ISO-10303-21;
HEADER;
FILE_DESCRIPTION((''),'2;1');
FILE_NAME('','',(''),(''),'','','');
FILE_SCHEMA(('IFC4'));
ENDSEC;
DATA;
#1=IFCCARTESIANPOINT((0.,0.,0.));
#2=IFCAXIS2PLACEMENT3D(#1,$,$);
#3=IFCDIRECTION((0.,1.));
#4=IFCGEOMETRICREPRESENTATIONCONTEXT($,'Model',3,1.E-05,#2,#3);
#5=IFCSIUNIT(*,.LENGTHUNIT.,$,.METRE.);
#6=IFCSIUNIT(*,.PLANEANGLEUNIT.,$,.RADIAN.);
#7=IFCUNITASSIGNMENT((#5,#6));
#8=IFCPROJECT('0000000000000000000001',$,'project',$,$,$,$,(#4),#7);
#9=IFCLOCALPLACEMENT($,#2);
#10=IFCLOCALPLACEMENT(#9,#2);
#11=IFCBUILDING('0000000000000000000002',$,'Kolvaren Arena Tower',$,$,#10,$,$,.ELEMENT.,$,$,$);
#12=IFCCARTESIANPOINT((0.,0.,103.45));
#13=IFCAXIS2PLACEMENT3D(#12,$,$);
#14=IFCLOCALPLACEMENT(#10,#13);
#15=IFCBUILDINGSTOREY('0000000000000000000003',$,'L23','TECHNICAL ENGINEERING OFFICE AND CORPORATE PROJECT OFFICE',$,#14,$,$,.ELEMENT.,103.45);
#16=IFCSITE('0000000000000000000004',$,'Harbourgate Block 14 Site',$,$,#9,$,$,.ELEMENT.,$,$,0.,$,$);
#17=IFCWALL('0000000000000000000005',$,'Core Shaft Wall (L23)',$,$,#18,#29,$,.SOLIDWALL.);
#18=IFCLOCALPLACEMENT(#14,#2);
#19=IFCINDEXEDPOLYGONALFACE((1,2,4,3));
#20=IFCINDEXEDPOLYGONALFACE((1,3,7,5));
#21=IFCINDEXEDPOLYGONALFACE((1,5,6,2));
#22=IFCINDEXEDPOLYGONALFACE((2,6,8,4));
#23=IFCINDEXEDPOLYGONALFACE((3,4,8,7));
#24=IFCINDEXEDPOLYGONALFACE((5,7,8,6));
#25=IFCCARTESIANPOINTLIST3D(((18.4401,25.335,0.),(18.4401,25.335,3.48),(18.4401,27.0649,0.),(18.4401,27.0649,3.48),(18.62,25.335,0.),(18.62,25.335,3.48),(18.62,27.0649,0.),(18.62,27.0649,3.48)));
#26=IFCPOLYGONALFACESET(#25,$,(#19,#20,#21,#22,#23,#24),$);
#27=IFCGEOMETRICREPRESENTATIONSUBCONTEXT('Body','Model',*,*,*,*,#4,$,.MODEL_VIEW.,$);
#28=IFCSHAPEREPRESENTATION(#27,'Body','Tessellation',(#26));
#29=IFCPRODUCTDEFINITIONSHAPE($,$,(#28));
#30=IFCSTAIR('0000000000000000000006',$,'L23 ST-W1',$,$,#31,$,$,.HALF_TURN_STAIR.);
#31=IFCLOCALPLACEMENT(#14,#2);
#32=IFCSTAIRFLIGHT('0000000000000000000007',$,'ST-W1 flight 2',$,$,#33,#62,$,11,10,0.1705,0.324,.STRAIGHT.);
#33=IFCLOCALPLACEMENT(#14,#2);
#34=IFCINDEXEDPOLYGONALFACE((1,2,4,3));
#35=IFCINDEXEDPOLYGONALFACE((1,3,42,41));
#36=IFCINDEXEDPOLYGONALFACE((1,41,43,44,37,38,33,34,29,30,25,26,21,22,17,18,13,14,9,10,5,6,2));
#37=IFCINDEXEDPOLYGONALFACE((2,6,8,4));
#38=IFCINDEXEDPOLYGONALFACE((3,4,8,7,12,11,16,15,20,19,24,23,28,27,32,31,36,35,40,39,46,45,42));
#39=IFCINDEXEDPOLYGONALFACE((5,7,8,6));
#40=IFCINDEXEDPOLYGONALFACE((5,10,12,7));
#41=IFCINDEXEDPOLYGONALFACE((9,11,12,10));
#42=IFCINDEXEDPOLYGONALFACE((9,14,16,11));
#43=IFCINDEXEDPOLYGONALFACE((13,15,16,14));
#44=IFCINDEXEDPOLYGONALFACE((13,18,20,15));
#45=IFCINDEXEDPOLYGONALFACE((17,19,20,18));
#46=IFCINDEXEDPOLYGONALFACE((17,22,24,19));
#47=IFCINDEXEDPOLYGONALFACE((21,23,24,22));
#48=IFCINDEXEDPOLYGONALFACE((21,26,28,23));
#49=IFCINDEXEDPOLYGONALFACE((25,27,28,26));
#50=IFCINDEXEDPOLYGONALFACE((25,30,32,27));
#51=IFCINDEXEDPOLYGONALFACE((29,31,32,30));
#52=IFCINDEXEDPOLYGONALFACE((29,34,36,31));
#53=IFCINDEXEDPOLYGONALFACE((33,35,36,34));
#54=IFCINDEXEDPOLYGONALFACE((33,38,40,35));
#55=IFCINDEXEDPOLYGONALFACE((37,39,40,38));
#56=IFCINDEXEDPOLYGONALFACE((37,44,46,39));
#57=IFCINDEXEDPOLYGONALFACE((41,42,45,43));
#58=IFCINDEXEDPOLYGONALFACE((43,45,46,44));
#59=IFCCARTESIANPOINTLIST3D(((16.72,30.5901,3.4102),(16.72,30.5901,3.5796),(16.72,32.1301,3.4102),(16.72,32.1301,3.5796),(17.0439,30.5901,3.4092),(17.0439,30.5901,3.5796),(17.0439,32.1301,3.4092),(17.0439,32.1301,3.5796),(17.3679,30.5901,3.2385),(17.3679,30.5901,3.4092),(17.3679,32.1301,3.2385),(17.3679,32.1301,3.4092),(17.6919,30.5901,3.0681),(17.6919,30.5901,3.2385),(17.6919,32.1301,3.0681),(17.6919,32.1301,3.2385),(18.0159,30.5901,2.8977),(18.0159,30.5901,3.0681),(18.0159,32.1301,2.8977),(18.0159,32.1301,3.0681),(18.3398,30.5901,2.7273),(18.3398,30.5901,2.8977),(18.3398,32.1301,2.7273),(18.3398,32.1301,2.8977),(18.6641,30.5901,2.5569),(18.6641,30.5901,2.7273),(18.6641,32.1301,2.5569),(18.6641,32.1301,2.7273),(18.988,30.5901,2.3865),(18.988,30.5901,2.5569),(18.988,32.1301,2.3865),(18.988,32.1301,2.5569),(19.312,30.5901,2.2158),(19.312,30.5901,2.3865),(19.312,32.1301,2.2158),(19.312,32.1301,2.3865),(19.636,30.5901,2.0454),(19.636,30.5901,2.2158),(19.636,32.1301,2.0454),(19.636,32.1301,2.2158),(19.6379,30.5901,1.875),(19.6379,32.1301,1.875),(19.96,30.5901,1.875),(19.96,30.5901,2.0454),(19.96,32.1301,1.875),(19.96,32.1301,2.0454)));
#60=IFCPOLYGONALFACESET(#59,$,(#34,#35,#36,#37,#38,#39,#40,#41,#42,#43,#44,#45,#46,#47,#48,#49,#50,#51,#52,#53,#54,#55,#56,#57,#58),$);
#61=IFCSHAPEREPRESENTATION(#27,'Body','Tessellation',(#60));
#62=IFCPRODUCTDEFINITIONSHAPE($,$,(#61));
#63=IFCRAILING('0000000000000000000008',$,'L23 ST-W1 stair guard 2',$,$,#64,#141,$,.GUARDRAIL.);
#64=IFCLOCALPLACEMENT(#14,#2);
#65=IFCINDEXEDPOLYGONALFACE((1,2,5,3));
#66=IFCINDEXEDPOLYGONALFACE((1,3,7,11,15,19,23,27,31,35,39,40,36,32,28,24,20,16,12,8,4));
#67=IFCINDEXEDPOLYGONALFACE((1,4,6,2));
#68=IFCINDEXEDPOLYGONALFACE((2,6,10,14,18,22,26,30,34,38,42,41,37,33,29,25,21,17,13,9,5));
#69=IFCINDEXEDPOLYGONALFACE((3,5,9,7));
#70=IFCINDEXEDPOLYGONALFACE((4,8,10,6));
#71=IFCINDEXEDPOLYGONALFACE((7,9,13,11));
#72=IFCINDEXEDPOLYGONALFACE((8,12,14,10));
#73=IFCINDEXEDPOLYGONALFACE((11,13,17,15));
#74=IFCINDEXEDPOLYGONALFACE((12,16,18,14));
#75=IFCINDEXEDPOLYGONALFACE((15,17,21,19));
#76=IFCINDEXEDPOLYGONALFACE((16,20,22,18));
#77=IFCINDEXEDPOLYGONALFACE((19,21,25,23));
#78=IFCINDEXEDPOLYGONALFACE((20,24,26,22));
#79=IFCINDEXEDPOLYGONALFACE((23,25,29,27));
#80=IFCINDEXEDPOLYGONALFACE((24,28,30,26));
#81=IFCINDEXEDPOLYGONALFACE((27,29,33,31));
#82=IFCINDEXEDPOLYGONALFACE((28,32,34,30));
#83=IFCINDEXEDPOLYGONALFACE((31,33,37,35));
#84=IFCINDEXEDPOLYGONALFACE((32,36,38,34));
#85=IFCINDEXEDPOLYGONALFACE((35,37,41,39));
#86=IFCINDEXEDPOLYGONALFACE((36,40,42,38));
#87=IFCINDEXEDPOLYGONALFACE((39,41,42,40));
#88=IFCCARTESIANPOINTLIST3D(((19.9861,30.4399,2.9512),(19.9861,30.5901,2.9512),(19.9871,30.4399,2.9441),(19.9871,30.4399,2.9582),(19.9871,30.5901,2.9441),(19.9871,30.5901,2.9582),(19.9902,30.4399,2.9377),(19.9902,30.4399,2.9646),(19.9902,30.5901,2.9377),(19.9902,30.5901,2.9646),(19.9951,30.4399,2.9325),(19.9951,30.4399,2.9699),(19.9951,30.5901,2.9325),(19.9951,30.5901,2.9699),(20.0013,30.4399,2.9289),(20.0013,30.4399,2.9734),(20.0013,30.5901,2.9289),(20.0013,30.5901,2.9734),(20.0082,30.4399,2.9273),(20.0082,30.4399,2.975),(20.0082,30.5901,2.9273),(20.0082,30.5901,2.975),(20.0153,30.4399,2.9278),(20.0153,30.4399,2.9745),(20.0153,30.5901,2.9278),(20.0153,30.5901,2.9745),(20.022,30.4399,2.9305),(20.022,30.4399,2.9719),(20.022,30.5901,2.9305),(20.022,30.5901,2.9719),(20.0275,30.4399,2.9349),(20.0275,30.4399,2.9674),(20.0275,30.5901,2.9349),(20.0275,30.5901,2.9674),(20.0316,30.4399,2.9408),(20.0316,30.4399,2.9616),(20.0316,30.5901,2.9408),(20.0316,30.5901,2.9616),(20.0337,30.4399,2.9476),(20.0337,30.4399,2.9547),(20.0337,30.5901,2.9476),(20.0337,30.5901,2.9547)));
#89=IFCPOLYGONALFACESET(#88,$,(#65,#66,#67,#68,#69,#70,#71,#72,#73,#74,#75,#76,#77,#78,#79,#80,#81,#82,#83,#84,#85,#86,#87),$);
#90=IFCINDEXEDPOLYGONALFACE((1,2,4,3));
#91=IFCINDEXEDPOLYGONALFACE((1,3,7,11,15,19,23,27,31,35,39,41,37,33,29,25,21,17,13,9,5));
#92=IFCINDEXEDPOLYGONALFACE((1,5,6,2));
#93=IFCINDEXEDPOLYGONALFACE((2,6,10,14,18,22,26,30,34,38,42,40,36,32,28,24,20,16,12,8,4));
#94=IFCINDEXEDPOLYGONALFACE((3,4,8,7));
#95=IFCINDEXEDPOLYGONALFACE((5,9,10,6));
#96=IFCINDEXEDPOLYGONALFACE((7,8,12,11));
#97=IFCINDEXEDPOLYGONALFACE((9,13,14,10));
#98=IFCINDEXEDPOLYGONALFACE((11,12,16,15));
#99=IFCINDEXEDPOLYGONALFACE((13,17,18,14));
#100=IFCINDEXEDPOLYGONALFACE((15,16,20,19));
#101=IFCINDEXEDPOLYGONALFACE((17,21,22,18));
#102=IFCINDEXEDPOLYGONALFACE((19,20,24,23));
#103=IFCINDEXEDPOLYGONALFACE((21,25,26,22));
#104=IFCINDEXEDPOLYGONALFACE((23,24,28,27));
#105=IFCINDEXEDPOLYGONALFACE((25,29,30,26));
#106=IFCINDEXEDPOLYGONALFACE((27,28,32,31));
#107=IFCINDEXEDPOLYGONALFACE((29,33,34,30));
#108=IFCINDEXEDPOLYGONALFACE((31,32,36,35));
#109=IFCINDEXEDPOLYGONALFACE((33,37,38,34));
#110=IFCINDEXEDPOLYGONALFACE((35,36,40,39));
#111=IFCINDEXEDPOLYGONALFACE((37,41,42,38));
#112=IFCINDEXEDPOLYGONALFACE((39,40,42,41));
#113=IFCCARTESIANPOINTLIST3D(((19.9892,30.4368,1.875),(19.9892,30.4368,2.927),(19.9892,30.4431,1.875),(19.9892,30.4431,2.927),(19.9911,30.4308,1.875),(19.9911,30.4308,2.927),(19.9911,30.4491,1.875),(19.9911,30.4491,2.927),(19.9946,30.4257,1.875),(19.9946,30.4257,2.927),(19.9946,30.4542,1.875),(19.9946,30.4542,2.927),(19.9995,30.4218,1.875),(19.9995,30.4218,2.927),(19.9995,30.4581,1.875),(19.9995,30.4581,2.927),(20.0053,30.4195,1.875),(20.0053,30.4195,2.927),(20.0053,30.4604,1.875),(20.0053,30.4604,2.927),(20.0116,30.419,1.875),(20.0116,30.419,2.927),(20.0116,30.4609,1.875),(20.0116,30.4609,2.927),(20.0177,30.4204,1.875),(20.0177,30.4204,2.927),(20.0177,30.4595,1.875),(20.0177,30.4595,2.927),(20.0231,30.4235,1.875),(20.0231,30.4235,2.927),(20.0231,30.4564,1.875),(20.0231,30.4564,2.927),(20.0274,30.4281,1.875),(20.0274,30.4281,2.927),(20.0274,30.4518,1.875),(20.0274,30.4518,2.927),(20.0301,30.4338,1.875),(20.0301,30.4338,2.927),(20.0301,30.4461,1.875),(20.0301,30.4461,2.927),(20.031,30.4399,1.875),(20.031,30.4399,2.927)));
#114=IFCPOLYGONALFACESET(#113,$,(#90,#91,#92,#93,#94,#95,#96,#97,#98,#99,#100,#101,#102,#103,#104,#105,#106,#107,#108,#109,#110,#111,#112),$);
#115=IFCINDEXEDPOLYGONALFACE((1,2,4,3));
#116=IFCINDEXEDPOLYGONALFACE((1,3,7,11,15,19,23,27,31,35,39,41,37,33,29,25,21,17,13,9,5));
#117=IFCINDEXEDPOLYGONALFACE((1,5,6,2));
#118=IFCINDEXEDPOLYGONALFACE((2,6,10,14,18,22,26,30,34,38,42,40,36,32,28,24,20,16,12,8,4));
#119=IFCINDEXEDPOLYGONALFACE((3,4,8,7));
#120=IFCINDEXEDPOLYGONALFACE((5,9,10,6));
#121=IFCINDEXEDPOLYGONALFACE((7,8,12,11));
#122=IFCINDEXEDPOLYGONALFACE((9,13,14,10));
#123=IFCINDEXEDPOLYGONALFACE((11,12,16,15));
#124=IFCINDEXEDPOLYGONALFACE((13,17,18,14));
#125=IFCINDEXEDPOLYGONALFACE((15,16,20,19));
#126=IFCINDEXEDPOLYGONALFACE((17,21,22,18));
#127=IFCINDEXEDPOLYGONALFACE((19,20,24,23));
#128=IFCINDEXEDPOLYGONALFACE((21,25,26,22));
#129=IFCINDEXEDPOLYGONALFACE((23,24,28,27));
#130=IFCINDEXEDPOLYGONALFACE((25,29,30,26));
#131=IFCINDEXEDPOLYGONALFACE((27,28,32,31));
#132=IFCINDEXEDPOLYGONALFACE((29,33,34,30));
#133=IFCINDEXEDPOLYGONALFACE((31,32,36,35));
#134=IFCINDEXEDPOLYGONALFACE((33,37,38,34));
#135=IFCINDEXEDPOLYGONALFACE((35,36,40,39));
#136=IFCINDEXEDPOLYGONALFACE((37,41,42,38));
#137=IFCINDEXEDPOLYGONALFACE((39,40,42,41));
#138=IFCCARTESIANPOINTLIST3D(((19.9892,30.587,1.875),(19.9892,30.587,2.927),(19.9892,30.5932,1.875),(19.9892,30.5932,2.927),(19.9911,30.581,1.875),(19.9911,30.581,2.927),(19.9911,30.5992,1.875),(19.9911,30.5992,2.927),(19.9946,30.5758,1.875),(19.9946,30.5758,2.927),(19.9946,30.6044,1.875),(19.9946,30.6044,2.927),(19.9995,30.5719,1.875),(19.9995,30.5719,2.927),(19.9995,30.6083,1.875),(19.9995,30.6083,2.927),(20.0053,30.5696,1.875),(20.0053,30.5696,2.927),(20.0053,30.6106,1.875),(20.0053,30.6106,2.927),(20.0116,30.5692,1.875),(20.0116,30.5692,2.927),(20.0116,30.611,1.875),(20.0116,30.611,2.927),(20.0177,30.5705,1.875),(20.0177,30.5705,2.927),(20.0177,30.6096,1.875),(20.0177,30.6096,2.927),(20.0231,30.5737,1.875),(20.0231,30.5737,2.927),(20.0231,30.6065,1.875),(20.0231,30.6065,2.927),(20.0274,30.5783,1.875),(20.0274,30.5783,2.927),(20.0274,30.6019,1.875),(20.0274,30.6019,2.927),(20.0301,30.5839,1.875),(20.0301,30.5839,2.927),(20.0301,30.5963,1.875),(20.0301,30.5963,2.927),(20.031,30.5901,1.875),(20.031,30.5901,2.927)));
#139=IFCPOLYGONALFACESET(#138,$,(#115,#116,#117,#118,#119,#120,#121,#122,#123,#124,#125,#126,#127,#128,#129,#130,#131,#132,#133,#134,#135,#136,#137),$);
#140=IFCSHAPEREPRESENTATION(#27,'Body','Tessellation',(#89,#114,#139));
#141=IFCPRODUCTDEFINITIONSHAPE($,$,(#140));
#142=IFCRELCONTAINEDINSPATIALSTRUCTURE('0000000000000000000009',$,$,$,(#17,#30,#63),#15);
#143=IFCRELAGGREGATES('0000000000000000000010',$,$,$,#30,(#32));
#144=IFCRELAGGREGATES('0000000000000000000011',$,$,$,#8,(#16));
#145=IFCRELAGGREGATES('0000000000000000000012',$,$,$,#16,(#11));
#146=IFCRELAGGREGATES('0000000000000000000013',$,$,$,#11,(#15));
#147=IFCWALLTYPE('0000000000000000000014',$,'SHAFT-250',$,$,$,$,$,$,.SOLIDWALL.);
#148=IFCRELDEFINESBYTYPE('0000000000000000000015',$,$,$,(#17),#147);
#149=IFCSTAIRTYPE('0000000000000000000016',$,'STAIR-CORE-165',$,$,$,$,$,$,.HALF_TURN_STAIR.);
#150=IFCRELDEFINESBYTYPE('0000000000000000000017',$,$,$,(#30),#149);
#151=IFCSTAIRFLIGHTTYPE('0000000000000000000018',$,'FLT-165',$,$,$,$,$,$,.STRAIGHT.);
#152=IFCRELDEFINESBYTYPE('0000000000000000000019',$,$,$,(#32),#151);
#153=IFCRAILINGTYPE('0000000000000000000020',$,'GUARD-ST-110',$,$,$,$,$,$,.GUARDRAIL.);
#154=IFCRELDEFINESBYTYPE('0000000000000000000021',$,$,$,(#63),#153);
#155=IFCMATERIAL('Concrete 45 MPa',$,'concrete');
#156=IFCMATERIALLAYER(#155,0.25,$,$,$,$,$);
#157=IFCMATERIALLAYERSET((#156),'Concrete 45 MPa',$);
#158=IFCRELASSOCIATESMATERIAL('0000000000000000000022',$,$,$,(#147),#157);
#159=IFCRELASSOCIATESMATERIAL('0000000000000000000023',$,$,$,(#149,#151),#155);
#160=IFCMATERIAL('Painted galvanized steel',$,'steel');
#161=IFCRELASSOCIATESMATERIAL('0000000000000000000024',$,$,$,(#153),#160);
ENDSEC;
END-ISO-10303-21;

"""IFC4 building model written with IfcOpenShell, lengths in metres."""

from ifc_helpers import new_model, si_unit, direction, frame, frame_2d, origin, origin_2d, place, context, subcontext, project, spatial, polyline, rectangle, circle, outline, extrude, material, layer, layer_set, type_object, element, aggregate, save


model = new_model("IFC4")

# Units and contexts
model_context = context("Model", 3, precision=1e-05, world=origin(), true_north=direction((0.0, 1.0)))
body_context = subcontext(model_context, "Body", "Model", "MODEL_VIEW")
ifc_project = project(units=[si_unit("LENGTHUNIT", "METRE"), si_unit("PLANEANGLEUNIT", "RADIAN")], contexts=[model_context])

# Site, building, storey
site_placement = place(None, origin())
site = spatial("IfcSite", under=ifc_project, at=site_placement, Name="Harbourgate Block 14 Site", CompositionType="ELEMENT", RefElevation=0.0)
building_placement = place(site_placement, origin())
building = spatial("IfcBuilding", under=site, at=building_placement, Name="Kolvaren Arena Tower", CompositionType="ELEMENT")
storey_placement = place(building_placement, frame((0.0, 0.0, 103.45)))
storey = spatial("IfcBuildingStorey", under=building, at=storey_placement, Name="L23", Description="TECHNICAL ENGINEERING OFFICE AND CORPORATE PROJECT OFFICE", CompositionType="ELEMENT", Elevation=103.45)

# Shared definitions
ifc_material_1 = material(Name="Concrete 45 MPa", Category="concrete")
ifc_layer_1 = layer(ifc_material_1, 0.25)
ifc_layer_set_1 = layer_set([ifc_layer_1], Name="Concrete 45 MPa")
wall_type_1 = type_object("IfcWallType", Name="SHAFT-250", PredefinedType="SOLIDWALL", material=ifc_layer_set_1)

# Wall
wall_1_placement = place(storey_placement, frame((18.53, 25.335, 0.0), z_axis=(0.0, 0.0, 1.0), x_axis=(0.0, 1.0, 0.0)))
element("IfcWall", 1, at=wall_1_placement, inside=storey, type_object=wall_type_1, Name="Core Shaft Wall (L23)", PredefinedType="SOLIDWALL", context=body_context, shape_type="SweptSolid", body=[
    extrude(rectangle(XDim=1.73, YDim=0.1799, at=frame_2d((0.865, 0.0))), origin(), (0.0, 0.0, 1.0), 3.48),
])

# Stair, stair flight
stair_type = type_object("IfcStairType", Name="STAIR-CORE-165", PredefinedType="HALF_TURN_STAIR", material=ifc_material_1)
stair_placement = place(storey_placement, origin())
stair = element("IfcStair", 2, at=stair_placement, inside=storey, type_object=stair_type, Name="L23 ST-W1", PredefinedType="HALF_TURN_STAIR")
stair_flight_type = type_object("IfcStairFlightType", Name="FLT-165", PredefinedType="STRAIGHT", material=ifc_material_1)
stair_flight_placement = place(storey_placement, frame((19.96, 31.3601, 1.875), z_axis=(0.0, 0.0, 1.0), x_axis=(-1.0, 0.0, 0.0)))
stair_flight = element("IfcStairFlight", 3, at=stair_flight_placement, type_object=stair_flight_type, Name="ST-W1 flight 2", NumberOfRisers=11, NumberOfTreads=10, PredefinedType="STRAIGHT", RiserHeight=0.1705, TreadLength=0.324, context=body_context, shape_type="SweptSolid", body=[
    extrude(outline(polyline([(0.0, 0.0), (0.0, 0.1704), (0.324, 0.1704), (0.324, 0.3408), (0.6479, 0.3408), (0.6479, 0.5115), (0.9719, 0.5115), (0.9719, 0.6819), (1.2959, 0.6819), (1.2959, 0.8523), (1.6201, 0.8523), (1.6201, 1.0227), (1.9441, 1.0227), (1.9441, 1.1931), (2.2681, 1.1931), (2.2681, 1.3635), (2.592, 1.3635), (2.592, 1.5342), (2.916, 1.5342), (2.916, 1.7046), (3.24, 1.7046), (3.24, 1.875), (3.24, 1.5352), (0.322, 0.0), (0.0, 0.0)])), frame((0.0, 0.77, 0.0), z_axis=(0.0, -1.0, 0.0), x_axis=(1.0, 0.0, 0.0)), (0.0, 0.0, 1.0), 1.54),
])
aggregate(stair, [stair_flight])

# Railing
ifc_material_2 = material(Name="Painted galvanized steel", Category="steel")
railing_type_1 = type_object("IfcRailingType", Name="GUARD-ST-110", PredefinedType="GUARDRAIL", material=ifc_material_2)
railing_1_placement = place(storey_placement, frame((20.01, 30.4399, 1.875)))
element("IfcRailing", 4, at=railing_1_placement, inside=storey, type_object=railing_type_1, Name="L23 ST-W1 stair guard 2", PredefinedType="GUARDRAIL", context=body_context, shape_type="SweptSolid", body=[
    extrude(circle(Radius=0.0239, at=origin_2d()), frame((0.0, 0.0, 1.0762), z_axis=(0.0, 1.0, 0.0), x_axis=(-1.0, 0.0, 0.0)), (0.0, 0.0, 1.0), 0.1501),
    extrude(circle(Radius=0.021, at=origin_2d()), origin(), (0.0, 0.0, 1.0), 1.052),
    extrude(circle(Radius=0.021, at=origin_2d()), frame((0.0, 0.1501, 0.0)), (0.0, 0.0, 1.0), 1.052),
])

save(model, "model.ifc")
